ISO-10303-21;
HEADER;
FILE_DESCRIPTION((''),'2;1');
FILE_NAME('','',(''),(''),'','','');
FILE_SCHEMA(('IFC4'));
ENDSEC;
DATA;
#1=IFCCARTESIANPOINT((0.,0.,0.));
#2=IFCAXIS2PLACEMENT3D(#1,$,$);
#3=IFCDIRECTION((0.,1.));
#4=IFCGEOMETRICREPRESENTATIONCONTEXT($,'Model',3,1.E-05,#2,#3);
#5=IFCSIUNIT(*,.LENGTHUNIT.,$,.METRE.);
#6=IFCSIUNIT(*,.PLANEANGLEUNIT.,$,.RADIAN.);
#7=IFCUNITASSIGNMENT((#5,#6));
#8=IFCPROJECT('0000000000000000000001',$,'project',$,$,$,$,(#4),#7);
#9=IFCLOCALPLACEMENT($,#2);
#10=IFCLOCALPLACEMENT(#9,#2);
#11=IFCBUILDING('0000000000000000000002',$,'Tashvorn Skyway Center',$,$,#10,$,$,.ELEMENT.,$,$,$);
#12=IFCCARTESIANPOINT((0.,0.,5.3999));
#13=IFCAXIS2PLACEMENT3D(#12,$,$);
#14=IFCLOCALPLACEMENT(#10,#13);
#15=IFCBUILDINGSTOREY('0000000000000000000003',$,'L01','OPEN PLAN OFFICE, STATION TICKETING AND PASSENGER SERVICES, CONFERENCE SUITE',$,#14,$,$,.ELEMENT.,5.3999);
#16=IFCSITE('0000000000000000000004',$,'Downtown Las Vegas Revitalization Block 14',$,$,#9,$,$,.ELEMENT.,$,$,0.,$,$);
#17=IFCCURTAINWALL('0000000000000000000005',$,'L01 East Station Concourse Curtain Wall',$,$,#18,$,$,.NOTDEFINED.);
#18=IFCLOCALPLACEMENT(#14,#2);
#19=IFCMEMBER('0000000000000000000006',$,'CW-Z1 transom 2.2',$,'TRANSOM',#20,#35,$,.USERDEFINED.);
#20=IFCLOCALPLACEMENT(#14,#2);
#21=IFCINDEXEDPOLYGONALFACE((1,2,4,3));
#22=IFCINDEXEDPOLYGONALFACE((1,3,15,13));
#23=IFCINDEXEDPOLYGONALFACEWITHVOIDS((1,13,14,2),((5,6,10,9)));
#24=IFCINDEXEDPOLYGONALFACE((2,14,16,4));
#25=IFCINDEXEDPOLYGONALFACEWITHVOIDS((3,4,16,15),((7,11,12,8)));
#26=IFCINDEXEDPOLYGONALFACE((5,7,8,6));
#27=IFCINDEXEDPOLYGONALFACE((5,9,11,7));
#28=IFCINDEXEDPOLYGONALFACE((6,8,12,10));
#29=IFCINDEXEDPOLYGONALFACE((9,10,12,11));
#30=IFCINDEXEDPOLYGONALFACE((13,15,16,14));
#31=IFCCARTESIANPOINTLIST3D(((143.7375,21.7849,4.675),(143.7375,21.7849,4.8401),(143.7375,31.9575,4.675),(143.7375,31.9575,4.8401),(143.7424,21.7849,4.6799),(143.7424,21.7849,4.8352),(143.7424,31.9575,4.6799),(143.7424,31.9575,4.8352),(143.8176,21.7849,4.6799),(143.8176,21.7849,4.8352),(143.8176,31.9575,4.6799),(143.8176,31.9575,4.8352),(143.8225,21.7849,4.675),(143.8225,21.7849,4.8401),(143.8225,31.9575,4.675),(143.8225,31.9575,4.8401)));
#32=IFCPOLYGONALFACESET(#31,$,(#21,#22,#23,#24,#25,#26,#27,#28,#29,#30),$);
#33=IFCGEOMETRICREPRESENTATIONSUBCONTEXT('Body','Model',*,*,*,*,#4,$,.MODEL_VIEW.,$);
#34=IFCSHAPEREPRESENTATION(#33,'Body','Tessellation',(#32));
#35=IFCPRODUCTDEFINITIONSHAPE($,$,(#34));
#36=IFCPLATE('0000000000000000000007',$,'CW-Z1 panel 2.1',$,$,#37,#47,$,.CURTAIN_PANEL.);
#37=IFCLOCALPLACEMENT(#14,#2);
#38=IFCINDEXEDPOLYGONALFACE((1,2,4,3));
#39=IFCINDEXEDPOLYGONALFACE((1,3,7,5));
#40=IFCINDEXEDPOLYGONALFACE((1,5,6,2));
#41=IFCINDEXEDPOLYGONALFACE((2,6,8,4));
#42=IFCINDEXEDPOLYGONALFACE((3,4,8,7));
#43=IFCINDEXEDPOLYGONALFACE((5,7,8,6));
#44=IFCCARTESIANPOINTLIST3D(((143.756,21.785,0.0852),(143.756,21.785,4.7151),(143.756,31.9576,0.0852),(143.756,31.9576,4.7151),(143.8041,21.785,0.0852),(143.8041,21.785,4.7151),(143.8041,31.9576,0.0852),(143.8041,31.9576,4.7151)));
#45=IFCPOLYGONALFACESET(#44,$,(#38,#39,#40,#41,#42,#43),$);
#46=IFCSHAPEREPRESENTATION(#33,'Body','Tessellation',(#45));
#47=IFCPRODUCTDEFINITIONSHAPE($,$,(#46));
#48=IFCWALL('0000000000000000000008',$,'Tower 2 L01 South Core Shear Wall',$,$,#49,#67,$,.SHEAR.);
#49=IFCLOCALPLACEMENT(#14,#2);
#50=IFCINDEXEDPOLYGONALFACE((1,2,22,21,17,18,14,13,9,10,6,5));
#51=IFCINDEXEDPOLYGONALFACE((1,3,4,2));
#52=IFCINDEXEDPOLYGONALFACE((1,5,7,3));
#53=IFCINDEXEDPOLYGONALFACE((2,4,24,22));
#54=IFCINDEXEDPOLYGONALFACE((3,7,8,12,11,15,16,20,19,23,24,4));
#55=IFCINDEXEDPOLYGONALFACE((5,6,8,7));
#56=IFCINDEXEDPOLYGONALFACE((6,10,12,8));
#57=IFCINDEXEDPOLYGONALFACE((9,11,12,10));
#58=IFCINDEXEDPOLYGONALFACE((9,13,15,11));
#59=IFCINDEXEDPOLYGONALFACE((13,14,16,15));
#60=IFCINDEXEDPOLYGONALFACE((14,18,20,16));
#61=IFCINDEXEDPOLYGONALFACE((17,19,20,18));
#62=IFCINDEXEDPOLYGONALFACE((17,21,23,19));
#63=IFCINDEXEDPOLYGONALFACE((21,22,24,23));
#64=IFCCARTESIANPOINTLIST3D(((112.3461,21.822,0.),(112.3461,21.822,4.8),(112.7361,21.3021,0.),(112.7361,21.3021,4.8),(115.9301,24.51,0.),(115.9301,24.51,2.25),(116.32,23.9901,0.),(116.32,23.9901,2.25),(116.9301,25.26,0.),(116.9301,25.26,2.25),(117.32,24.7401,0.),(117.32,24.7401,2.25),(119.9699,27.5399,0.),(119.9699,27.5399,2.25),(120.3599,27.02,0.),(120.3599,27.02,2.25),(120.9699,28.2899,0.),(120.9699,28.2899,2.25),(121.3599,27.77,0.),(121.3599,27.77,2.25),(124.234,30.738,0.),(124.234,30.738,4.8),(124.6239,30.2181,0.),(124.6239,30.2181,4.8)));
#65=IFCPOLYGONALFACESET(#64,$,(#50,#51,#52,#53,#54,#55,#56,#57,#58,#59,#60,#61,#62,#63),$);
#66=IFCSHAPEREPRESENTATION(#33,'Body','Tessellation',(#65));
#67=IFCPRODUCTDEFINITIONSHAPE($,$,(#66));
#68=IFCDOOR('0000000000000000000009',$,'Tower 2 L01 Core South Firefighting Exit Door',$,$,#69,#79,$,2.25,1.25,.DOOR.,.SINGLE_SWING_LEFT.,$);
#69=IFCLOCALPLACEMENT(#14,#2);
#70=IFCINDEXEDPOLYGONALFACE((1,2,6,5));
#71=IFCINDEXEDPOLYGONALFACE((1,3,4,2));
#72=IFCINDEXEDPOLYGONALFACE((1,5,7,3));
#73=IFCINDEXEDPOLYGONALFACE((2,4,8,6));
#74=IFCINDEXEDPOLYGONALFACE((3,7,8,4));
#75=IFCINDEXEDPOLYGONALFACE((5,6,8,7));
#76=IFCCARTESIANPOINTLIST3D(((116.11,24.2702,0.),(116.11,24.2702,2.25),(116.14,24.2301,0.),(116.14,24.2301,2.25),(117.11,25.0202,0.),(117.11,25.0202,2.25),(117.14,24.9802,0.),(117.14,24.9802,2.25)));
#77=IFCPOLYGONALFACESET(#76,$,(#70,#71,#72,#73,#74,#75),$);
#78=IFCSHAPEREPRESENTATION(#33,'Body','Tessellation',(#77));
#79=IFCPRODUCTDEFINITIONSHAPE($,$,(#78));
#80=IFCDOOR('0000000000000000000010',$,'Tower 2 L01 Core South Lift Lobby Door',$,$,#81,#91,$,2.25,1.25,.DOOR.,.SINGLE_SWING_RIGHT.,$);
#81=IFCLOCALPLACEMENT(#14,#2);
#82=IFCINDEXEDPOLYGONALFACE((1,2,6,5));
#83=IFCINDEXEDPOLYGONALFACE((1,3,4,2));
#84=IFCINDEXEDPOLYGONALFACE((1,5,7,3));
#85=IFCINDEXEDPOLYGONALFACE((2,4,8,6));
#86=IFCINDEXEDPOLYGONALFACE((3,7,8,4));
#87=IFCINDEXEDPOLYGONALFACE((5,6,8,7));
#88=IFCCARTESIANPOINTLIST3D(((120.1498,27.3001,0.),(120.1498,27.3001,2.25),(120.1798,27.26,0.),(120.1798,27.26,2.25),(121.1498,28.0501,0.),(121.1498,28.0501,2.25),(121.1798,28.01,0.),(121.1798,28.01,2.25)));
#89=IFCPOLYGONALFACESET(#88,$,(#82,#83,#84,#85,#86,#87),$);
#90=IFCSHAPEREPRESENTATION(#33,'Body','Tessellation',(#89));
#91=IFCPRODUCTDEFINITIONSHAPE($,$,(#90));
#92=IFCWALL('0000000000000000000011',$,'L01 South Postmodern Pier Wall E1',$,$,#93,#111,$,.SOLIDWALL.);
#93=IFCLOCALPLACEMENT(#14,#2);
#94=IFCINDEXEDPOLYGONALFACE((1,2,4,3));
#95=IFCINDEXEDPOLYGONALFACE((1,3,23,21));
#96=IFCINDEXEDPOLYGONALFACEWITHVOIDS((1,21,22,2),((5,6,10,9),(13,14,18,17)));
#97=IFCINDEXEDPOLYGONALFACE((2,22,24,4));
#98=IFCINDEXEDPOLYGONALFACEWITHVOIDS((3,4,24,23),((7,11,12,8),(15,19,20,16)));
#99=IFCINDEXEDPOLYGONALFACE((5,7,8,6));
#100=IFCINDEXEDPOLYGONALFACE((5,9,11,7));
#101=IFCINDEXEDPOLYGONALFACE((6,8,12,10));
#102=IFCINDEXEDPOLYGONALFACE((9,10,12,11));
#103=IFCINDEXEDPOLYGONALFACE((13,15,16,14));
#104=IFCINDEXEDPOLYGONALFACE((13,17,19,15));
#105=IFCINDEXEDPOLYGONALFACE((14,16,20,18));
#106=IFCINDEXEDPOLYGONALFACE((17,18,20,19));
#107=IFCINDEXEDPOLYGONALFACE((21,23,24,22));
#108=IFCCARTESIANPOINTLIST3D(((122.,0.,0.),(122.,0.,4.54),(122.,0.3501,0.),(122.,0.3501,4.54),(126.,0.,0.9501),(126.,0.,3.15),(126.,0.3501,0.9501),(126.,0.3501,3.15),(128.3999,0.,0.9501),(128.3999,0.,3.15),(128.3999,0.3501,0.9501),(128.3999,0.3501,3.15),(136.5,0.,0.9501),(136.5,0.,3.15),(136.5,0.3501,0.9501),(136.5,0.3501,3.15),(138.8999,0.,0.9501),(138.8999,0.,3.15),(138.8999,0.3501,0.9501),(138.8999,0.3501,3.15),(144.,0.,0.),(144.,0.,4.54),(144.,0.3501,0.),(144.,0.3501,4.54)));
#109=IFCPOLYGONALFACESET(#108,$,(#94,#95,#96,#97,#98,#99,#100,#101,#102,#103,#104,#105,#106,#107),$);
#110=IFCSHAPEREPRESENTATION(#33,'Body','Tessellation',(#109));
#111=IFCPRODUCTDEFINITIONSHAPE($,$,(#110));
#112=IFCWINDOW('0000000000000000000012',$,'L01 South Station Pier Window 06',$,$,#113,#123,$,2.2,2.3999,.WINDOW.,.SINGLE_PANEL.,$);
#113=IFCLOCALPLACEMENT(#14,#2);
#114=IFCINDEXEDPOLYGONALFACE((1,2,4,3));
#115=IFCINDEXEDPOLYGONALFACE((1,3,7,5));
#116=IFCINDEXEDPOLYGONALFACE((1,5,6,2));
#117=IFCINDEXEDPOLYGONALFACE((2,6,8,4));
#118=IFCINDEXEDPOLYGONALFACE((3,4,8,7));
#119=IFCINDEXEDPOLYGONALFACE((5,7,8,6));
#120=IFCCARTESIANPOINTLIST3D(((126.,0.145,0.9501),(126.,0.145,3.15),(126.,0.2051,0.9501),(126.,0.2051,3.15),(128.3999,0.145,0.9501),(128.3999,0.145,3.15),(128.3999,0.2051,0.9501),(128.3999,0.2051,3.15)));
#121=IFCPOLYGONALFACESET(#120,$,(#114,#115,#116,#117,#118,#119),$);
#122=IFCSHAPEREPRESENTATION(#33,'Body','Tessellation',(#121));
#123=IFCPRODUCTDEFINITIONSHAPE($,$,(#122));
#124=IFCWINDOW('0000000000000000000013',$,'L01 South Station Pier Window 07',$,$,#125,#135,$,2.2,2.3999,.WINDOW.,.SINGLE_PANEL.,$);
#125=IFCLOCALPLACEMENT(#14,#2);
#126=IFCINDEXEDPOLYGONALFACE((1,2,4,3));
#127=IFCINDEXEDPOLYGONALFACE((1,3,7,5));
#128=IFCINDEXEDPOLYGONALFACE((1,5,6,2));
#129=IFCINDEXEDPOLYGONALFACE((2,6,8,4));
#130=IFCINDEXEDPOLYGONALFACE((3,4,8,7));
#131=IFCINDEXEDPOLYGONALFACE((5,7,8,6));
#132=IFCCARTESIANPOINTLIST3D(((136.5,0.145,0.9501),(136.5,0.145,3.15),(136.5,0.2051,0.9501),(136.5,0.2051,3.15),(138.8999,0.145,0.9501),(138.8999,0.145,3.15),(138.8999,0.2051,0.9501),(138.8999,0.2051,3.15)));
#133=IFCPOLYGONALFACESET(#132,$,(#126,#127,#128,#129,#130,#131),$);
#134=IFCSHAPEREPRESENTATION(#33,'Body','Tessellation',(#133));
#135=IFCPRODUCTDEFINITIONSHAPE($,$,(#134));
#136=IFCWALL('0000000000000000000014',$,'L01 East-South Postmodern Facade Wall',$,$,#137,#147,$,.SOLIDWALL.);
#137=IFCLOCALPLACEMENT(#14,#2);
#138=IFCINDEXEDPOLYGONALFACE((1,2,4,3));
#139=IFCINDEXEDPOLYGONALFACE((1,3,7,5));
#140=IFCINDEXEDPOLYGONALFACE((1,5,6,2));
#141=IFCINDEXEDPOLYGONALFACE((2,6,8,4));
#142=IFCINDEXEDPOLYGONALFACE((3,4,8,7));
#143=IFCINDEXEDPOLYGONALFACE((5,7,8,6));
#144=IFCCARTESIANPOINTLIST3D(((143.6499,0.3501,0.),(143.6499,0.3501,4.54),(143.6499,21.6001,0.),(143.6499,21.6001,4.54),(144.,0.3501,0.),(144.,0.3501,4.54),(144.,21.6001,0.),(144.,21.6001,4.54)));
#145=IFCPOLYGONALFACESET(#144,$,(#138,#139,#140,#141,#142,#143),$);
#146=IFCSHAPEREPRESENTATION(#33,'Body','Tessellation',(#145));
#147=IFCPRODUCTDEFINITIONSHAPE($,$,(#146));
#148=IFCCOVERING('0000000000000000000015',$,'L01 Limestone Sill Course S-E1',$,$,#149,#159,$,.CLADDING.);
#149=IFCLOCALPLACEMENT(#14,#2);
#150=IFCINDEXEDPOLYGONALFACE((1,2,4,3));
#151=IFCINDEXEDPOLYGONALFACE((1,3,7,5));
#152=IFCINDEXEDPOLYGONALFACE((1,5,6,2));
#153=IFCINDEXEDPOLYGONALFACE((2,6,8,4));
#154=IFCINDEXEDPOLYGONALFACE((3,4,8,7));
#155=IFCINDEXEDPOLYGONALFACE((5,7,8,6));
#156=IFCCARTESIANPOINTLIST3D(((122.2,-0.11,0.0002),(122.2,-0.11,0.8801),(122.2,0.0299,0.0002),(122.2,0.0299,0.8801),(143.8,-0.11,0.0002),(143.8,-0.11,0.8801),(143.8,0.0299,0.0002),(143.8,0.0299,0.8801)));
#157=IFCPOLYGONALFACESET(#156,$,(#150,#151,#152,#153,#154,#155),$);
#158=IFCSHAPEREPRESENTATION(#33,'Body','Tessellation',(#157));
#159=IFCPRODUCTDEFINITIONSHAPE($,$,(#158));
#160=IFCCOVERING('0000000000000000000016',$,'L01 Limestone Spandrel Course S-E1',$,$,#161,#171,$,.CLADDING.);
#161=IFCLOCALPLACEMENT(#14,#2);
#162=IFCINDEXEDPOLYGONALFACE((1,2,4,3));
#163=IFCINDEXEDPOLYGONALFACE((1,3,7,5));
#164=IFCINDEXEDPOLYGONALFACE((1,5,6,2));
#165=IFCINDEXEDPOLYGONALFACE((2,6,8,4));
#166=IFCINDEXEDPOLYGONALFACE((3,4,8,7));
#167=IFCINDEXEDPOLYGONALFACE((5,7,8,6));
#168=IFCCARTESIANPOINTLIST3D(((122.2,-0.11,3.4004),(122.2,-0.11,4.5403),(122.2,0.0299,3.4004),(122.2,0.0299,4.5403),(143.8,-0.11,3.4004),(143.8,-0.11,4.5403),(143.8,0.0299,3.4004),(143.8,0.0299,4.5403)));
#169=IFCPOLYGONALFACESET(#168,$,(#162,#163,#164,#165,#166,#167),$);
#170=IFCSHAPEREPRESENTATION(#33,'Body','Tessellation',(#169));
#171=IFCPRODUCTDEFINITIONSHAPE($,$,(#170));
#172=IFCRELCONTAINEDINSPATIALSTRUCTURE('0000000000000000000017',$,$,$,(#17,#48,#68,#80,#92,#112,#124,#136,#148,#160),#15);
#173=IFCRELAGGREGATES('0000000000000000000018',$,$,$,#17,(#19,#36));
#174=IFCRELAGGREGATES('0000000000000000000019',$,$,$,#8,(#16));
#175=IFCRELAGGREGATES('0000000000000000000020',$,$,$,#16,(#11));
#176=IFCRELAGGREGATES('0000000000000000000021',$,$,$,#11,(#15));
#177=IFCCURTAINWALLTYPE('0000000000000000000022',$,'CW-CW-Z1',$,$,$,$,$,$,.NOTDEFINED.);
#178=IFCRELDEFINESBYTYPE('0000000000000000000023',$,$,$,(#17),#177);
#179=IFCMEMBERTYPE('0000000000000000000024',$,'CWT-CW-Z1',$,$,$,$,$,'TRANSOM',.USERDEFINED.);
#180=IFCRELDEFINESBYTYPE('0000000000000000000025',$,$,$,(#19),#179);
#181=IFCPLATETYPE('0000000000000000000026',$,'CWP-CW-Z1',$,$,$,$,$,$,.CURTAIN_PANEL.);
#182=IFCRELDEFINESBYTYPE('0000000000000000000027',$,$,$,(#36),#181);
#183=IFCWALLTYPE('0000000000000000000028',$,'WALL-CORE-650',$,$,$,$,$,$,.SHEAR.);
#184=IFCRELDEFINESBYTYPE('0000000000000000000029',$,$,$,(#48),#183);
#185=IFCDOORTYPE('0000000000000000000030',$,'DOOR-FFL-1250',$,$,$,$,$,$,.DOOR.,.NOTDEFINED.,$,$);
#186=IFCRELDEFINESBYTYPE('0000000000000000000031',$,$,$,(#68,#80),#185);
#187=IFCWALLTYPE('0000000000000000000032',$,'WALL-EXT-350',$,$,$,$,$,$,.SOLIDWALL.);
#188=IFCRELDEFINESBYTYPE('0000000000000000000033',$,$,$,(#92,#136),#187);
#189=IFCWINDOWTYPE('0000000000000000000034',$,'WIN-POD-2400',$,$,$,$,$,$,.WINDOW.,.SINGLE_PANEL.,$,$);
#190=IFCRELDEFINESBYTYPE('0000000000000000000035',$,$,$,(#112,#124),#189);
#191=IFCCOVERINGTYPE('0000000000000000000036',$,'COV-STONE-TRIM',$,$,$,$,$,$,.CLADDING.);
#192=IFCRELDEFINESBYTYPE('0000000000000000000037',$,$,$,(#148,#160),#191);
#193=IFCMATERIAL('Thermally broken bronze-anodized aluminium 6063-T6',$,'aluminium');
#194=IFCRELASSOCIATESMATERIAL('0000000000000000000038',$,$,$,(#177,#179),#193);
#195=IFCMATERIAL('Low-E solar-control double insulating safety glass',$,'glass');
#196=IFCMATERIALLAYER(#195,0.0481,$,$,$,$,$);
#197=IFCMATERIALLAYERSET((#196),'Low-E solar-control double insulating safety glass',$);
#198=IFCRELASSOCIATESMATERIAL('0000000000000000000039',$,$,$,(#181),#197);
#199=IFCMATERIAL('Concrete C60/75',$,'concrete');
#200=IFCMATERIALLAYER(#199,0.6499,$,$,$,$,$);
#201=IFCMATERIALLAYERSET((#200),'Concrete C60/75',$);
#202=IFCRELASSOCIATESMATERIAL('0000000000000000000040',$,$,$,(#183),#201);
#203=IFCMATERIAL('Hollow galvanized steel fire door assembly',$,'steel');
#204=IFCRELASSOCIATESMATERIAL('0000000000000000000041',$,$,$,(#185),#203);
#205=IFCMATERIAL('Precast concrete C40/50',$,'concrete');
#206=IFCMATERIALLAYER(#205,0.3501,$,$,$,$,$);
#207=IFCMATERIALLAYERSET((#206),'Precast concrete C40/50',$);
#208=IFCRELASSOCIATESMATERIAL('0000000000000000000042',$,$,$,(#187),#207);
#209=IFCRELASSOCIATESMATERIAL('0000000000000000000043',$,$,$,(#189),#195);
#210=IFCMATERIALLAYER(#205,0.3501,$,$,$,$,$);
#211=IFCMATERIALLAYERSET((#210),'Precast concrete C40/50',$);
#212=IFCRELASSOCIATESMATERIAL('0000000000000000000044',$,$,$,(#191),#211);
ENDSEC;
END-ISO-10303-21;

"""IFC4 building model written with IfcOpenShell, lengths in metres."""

from ifc_helpers import new_model, si_unit, direction, frame, frame_2d, origin, origin_2d, place, context, subcontext, project, spatial, rectangle, hollow_rectangle, extrude, material, layer, layer_set, material_profile, profile_set, type_object, element, fill, aggregate, save


model = new_model("IFC4")

# Units and contexts
model_context = context("Model", 3, precision=1e-05, world=origin(), true_north=direction((0.0, 1.0)))
body_context = subcontext(model_context, "Body", "Model", "MODEL_VIEW")
ifc_project = project(units=[si_unit("LENGTHUNIT", "METRE"), si_unit("PLANEANGLEUNIT", "RADIAN")], contexts=[model_context])

# Site, building, storey
site_placement = place(None, origin())
site = spatial("IfcSite", under=ifc_project, at=site_placement, Name="Downtown Las Vegas Revitalization Block 14", CompositionType="ELEMENT", RefElevation=0.0)
building_placement = place(site_placement, origin())
building = spatial("IfcBuilding", under=site, at=building_placement, Name="Tashvorn Skyway Center", CompositionType="ELEMENT")
storey_placement = place(building_placement, frame((0.0, 0.0, 5.3999)))
storey = spatial("IfcBuildingStorey", under=building, at=storey_placement, Name="L01", Description="OPEN PLAN OFFICE, STATION TICKETING AND PASSENGER SERVICES, CONFERENCE SUITE", CompositionType="ELEMENT", Elevation=5.3999)

# Shared definitions
ifc_material_1 = material(Name="Precast concrete C40/50", Category="concrete")

# Curtain wall, member, plate
ifc_material_2 = material(Name="Thermally broken bronze-anodized aluminium 6063-T6", Category="aluminium")
curtain_wall_type = type_object("IfcCurtainWallType", Name="CW-CW-Z1", PredefinedType="NOTDEFINED", material=ifc_material_2)
curtain_wall_placement = place(storey_placement, origin())
curtain_wall = element("IfcCurtainWall", 1, at=curtain_wall_placement, inside=storey, type_object=curtain_wall_type, Name="L01 East Station Concourse Curtain Wall", PredefinedType="NOTDEFINED")
ifc_material_profile_1 = material_profile(ifc_material_2, hollow_rectangle(XDim=0.085, YDim=0.165, WallThickness=0.0049, at=origin_2d()), Name="ALU-TRAN-85x165")
ifc_profile_set_1 = profile_set([ifc_material_profile_1], Name="Thermally broken bronze-anodized aluminium 6063-T6")
member_type_1 = type_object("IfcMemberType", Name="CWT-CW-Z1", ElementType="TRANSOM", PredefinedType="USERDEFINED", material=ifc_profile_set_1)
member_1_placement = place(storey_placement, frame((143.78, 31.9575, 4.7576), z_axis=(0.0, -1.0, 0.0), x_axis=(1.0, 0.0, 0.0)))
member_1 = element("IfcMember", 2, at=member_1_placement, type_object=member_type_1, Name="CW-Z1 transom 2.2", ObjectType="TRANSOM", PredefinedType="USERDEFINED", context=body_context, shape_type="SweptSolid", body=[
    extrude(hollow_rectangle(XDim=0.085, YDim=0.165, WallThickness=0.0049, at=origin_2d()), origin(), (0.0, 0.0, 1.0), 10.1726),
])
ifc_material_3 = material(Name="Low-E solar-control double insulating safety glass", Category="glass")
ifc_layer_1 = layer(ifc_material_3, 0.0481)
ifc_layer_set_1 = layer_set([ifc_layer_1], Name="Low-E solar-control double insulating safety glass")
plate_type = type_object("IfcPlateType", Name="CWP-CW-Z1", PredefinedType="CURTAIN_PANEL", material=ifc_layer_set_1)
plate_placement = place(storey_placement, frame((143.78, 26.8713, 0.0852), z_axis=(0.0, 0.0, 1.0), x_axis=(0.0, -1.0, 0.0)))
plate = element("IfcPlate", 3, at=plate_placement, type_object=plate_type, Name="CW-Z1 panel 2.1", PredefinedType="CURTAIN_PANEL", context=body_context, shape_type="SweptSolid", body=[
    extrude(rectangle(XDim=10.1726, YDim=0.0481, at=origin_2d()), origin(), (0.0, 0.0, 1.0), 4.6299),
])
aggregate(curtain_wall, [member_1, plate])

# Wall, openings, doors
ifc_material_4 = material(Name="Concrete C60/75", Category="concrete")
ifc_layer_2 = layer(ifc_material_4, 0.6499)
ifc_layer_set_2 = layer_set([ifc_layer_2], Name="Concrete C60/75")
wall_type_1 = type_object("IfcWallType", Name="WALL-CORE-650", PredefinedType="SHEAR", material=ifc_layer_set_2)
wall_1_placement = place(storey_placement, frame((124.429, 30.478, 0.0), z_axis=(0.0, 0.0, 1.0), x_axis=(-0.799998, -0.600003, 0.0)))
wall_1 = element("IfcWall", 4, at=wall_1_placement, inside=storey, type_object=wall_type_1, Name="Tower 2 L01 South Core Shear Wall", PredefinedType="SHEAR", context=body_context, shape_type="SweptSolid", body=[
    extrude(rectangle(XDim=14.8599, YDim=0.6499, at=frame_2d((7.4299, 0.0))), origin(), (0.0, 0.0, 1.0), 4.8),
])
opening_1_placement = place(wall_1_placement, frame((9.1299, 0.0, 0.0)))
opening_1 = element("IfcOpeningElement", 5, at=opening_1_placement, cuts=wall_1, PredefinedType="OPENING", context=body_context, shape_type="SweptSolid", body=[
    extrude(rectangle(XDim=1.25, YDim=2.25, at=frame_2d((0.625, 1.125))), frame((0.0, 0.335, 0.0), z_axis=(0.0, -1.0, 0.0), x_axis=(1.0, 0.0, 0.0)), (0.0, 0.0, 1.0), 0.6699),
])
opening_2_placement = place(wall_1_placement, frame((4.0801, 0.0, 0.0)))
opening_2 = element("IfcOpeningElement", 6, at=opening_2_placement, cuts=wall_1, PredefinedType="OPENING", context=body_context, shape_type="SweptSolid", body=[
    extrude(rectangle(XDim=1.25, YDim=2.25, at=frame_2d((0.625, 1.125))), frame((0.0, 0.335, 0.0), z_axis=(0.0, -1.0, 0.0), x_axis=(1.0, 0.0, 0.0)), (0.0, 0.0, 1.0), 0.6699),
])
ifc_material_5 = material(Name="Hollow galvanized steel fire door assembly", Category="steel")
door_type = type_object("IfcDoorType", Name="DOOR-FFL-1250", OperationType="NOTDEFINED", PredefinedType="DOOR", material=ifc_material_5)
door_1_placement = place(opening_1_placement, origin())
door_1 = element("IfcDoor", 7, at=door_1_placement, inside=storey, type_object=door_type, Name="Tower 2 L01 Core South Firefighting Exit Door", OperationType="SINGLE_SWING_LEFT", OverallHeight=2.25, OverallWidth=1.25, PredefinedType="DOOR", context=body_context, shape_type="SweptSolid", body=[
    extrude(rectangle(XDim=1.25, YDim=2.25, at=frame_2d((0.625, 1.125))), frame((0.0, 0.0249, 0.0), z_axis=(0.0, -1.0, 0.0), x_axis=(1.0, 0.0, 0.0)), (0.0, 0.0, 1.0), 0.05),
])
fill(opening_1, door_1)
door_2_placement = place(opening_2_placement, origin())
door_2 = element("IfcDoor", 8, at=door_2_placement, inside=storey, type_object=door_type, Name="Tower 2 L01 Core South Lift Lobby Door", OperationType="SINGLE_SWING_RIGHT", OverallHeight=2.25, OverallWidth=1.25, PredefinedType="DOOR", context=body_context, shape_type="SweptSolid", body=[
    extrude(rectangle(XDim=1.25, YDim=2.25, at=frame_2d((0.625, 1.125))), frame((0.0, 0.0249, 0.0), z_axis=(0.0, -1.0, 0.0), x_axis=(1.0, 0.0, 0.0)), (0.0, 0.0, 1.0), 0.05),
])
fill(opening_2, door_2)

# Wall, openings, windows
ifc_layer_3 = layer(ifc_material_1, 0.3501)
ifc_layer_set_3 = layer_set([ifc_layer_3], Name="Precast concrete C40/50")
wall_type_2 = type_object("IfcWallType", Name="WALL-EXT-350", PredefinedType="SOLIDWALL", material=ifc_layer_set_3)
wall_2_placement = place(storey_placement, frame((144.0, 0.175, 0.0), z_axis=(0.0, 0.0, 1.0), x_axis=(-1.0, 0.0, 0.0)))
wall_2 = element("IfcWall", 9, at=wall_2_placement, inside=storey, type_object=wall_type_2, Name="L01 South Postmodern Pier Wall E1", PredefinedType="SOLIDWALL", context=body_context, shape_type="SweptSolid", body=[
    extrude(rectangle(XDim=22.0, YDim=0.3501, at=frame_2d((11.0, 0.0))), origin(), (0.0, 0.0, 1.0), 4.54),
])
opening_3_placement = place(wall_2_placement, frame((15.6001, 0.0, 0.95)))
opening_3 = element("IfcOpeningElement", 10, at=opening_3_placement, cuts=wall_2, PredefinedType="OPENING", context=body_context, shape_type="SweptSolid", body=[
    extrude(rectangle(XDim=2.3999, YDim=2.2, at=frame_2d((1.2, 1.1001))), frame((0.0, 0.1851, 0.0), z_axis=(0.0, -1.0, 0.0), x_axis=(1.0, 0.0, 0.0)), (0.0, 0.0, 1.0), 0.3701),
])
opening_4_placement = place(wall_2_placement, frame((5.1001, 0.0, 0.95)))
opening_4 = element("IfcOpeningElement", 11, at=opening_4_placement, cuts=wall_2, PredefinedType="OPENING", context=body_context, shape_type="SweptSolid", body=[
    extrude(rectangle(XDim=2.3999, YDim=2.2, at=frame_2d((1.2, 1.1001))), frame((0.0, 0.1851, 0.0), z_axis=(0.0, -1.0, 0.0), x_axis=(1.0, 0.0, 0.0)), (0.0, 0.0, 1.0), 0.3701),
])
window_type = type_object("IfcWindowType", Name="WIN-POD-2400", PartitioningType="SINGLE_PANEL", PredefinedType="WINDOW", material=ifc_material_3)
window_1_placement = place(opening_3_placement, origin())
window_1 = element("IfcWindow", 12, at=window_1_placement, inside=storey, type_object=window_type, Name="L01 South Station Pier Window 06", OverallHeight=2.2, OverallWidth=2.3999, PartitioningType="SINGLE_PANEL", PredefinedType="WINDOW", context=body_context, shape_type="SweptSolid", body=[
    extrude(rectangle(XDim=2.3999, YDim=2.2, at=frame_2d((1.2, 1.1001))), frame((0.0, 0.03, 0.0), z_axis=(0.0, -1.0, 0.0), x_axis=(1.0, 0.0, 0.0)), (0.0, 0.0, 1.0), 0.0601),
])
fill(opening_3, window_1)
window_2_placement = place(opening_4_placement, origin())
window_2 = element("IfcWindow", 13, at=window_2_placement, inside=storey, type_object=window_type, Name="L01 South Station Pier Window 07", OverallHeight=2.2, OverallWidth=2.3999, PartitioningType="SINGLE_PANEL", PredefinedType="WINDOW", context=body_context, shape_type="SweptSolid", body=[
    extrude(rectangle(XDim=2.3999, YDim=2.2, at=frame_2d((1.2, 1.1001))), frame((0.0, 0.03, 0.0), z_axis=(0.0, -1.0, 0.0), x_axis=(1.0, 0.0, 0.0)), (0.0, 0.0, 1.0), 0.0601),
])
fill(opening_4, window_2)

# Wall
wall_3_placement = place(storey_placement, frame((143.825, 21.6001, 0.0), z_axis=(0.0, 0.0, 1.0), x_axis=(0.0, -1.0, 0.0)))
element("IfcWall", 14, at=wall_3_placement, inside=storey, type_object=wall_type_2, Name="L01 East-South Postmodern Facade Wall", PredefinedType="SOLIDWALL", context=body_context, shape_type="SweptSolid", body=[
    extrude(rectangle(XDim=21.25, YDim=0.3501, at=frame_2d((10.625, 0.0))), origin(), (0.0, 0.0, 1.0), 4.54),
])

# Coverings
ifc_layer_4 = layer(ifc_material_1, 0.3501)
ifc_layer_set_4 = layer_set([ifc_layer_4], Name="Precast concrete C40/50")
covering_type = type_object("IfcCoveringType", Name="COV-STONE-TRIM", PredefinedType="CLADDING", material=ifc_layer_set_4)
covering_1_placement = place(storey_placement, frame((133.0, -0.04, 0.0002), z_axis=(0.0, 0.0, 1.0), x_axis=(1.0, 0.0, 0.0)))
element("IfcCovering", 15, at=covering_1_placement, inside=storey, type_object=covering_type, Name="L01 Limestone Sill Course S-E1", PredefinedType="CLADDING", context=body_context, shape_type="SweptSolid", body=[
    extrude(rectangle(XDim=21.6001, YDim=0.1399, at=origin_2d()), origin(), (0.0, 0.0, 1.0), 0.8799),
])
covering_2_placement = place(storey_placement, frame((133.0, -0.04, 3.4004), z_axis=(0.0, 0.0, 1.0), x_axis=(1.0, 0.0, 0.0)))
element("IfcCovering", 16, at=covering_2_placement, inside=storey, type_object=covering_type, Name="L01 Limestone Spandrel Course S-E1", PredefinedType="CLADDING", context=body_context, shape_type="SweptSolid", body=[
    extrude(rectangle(XDim=21.6001, YDim=0.1399, at=origin_2d()), origin(), (0.0, 0.0, 1.0), 1.1399),
])

save(model, "model.ifc")
